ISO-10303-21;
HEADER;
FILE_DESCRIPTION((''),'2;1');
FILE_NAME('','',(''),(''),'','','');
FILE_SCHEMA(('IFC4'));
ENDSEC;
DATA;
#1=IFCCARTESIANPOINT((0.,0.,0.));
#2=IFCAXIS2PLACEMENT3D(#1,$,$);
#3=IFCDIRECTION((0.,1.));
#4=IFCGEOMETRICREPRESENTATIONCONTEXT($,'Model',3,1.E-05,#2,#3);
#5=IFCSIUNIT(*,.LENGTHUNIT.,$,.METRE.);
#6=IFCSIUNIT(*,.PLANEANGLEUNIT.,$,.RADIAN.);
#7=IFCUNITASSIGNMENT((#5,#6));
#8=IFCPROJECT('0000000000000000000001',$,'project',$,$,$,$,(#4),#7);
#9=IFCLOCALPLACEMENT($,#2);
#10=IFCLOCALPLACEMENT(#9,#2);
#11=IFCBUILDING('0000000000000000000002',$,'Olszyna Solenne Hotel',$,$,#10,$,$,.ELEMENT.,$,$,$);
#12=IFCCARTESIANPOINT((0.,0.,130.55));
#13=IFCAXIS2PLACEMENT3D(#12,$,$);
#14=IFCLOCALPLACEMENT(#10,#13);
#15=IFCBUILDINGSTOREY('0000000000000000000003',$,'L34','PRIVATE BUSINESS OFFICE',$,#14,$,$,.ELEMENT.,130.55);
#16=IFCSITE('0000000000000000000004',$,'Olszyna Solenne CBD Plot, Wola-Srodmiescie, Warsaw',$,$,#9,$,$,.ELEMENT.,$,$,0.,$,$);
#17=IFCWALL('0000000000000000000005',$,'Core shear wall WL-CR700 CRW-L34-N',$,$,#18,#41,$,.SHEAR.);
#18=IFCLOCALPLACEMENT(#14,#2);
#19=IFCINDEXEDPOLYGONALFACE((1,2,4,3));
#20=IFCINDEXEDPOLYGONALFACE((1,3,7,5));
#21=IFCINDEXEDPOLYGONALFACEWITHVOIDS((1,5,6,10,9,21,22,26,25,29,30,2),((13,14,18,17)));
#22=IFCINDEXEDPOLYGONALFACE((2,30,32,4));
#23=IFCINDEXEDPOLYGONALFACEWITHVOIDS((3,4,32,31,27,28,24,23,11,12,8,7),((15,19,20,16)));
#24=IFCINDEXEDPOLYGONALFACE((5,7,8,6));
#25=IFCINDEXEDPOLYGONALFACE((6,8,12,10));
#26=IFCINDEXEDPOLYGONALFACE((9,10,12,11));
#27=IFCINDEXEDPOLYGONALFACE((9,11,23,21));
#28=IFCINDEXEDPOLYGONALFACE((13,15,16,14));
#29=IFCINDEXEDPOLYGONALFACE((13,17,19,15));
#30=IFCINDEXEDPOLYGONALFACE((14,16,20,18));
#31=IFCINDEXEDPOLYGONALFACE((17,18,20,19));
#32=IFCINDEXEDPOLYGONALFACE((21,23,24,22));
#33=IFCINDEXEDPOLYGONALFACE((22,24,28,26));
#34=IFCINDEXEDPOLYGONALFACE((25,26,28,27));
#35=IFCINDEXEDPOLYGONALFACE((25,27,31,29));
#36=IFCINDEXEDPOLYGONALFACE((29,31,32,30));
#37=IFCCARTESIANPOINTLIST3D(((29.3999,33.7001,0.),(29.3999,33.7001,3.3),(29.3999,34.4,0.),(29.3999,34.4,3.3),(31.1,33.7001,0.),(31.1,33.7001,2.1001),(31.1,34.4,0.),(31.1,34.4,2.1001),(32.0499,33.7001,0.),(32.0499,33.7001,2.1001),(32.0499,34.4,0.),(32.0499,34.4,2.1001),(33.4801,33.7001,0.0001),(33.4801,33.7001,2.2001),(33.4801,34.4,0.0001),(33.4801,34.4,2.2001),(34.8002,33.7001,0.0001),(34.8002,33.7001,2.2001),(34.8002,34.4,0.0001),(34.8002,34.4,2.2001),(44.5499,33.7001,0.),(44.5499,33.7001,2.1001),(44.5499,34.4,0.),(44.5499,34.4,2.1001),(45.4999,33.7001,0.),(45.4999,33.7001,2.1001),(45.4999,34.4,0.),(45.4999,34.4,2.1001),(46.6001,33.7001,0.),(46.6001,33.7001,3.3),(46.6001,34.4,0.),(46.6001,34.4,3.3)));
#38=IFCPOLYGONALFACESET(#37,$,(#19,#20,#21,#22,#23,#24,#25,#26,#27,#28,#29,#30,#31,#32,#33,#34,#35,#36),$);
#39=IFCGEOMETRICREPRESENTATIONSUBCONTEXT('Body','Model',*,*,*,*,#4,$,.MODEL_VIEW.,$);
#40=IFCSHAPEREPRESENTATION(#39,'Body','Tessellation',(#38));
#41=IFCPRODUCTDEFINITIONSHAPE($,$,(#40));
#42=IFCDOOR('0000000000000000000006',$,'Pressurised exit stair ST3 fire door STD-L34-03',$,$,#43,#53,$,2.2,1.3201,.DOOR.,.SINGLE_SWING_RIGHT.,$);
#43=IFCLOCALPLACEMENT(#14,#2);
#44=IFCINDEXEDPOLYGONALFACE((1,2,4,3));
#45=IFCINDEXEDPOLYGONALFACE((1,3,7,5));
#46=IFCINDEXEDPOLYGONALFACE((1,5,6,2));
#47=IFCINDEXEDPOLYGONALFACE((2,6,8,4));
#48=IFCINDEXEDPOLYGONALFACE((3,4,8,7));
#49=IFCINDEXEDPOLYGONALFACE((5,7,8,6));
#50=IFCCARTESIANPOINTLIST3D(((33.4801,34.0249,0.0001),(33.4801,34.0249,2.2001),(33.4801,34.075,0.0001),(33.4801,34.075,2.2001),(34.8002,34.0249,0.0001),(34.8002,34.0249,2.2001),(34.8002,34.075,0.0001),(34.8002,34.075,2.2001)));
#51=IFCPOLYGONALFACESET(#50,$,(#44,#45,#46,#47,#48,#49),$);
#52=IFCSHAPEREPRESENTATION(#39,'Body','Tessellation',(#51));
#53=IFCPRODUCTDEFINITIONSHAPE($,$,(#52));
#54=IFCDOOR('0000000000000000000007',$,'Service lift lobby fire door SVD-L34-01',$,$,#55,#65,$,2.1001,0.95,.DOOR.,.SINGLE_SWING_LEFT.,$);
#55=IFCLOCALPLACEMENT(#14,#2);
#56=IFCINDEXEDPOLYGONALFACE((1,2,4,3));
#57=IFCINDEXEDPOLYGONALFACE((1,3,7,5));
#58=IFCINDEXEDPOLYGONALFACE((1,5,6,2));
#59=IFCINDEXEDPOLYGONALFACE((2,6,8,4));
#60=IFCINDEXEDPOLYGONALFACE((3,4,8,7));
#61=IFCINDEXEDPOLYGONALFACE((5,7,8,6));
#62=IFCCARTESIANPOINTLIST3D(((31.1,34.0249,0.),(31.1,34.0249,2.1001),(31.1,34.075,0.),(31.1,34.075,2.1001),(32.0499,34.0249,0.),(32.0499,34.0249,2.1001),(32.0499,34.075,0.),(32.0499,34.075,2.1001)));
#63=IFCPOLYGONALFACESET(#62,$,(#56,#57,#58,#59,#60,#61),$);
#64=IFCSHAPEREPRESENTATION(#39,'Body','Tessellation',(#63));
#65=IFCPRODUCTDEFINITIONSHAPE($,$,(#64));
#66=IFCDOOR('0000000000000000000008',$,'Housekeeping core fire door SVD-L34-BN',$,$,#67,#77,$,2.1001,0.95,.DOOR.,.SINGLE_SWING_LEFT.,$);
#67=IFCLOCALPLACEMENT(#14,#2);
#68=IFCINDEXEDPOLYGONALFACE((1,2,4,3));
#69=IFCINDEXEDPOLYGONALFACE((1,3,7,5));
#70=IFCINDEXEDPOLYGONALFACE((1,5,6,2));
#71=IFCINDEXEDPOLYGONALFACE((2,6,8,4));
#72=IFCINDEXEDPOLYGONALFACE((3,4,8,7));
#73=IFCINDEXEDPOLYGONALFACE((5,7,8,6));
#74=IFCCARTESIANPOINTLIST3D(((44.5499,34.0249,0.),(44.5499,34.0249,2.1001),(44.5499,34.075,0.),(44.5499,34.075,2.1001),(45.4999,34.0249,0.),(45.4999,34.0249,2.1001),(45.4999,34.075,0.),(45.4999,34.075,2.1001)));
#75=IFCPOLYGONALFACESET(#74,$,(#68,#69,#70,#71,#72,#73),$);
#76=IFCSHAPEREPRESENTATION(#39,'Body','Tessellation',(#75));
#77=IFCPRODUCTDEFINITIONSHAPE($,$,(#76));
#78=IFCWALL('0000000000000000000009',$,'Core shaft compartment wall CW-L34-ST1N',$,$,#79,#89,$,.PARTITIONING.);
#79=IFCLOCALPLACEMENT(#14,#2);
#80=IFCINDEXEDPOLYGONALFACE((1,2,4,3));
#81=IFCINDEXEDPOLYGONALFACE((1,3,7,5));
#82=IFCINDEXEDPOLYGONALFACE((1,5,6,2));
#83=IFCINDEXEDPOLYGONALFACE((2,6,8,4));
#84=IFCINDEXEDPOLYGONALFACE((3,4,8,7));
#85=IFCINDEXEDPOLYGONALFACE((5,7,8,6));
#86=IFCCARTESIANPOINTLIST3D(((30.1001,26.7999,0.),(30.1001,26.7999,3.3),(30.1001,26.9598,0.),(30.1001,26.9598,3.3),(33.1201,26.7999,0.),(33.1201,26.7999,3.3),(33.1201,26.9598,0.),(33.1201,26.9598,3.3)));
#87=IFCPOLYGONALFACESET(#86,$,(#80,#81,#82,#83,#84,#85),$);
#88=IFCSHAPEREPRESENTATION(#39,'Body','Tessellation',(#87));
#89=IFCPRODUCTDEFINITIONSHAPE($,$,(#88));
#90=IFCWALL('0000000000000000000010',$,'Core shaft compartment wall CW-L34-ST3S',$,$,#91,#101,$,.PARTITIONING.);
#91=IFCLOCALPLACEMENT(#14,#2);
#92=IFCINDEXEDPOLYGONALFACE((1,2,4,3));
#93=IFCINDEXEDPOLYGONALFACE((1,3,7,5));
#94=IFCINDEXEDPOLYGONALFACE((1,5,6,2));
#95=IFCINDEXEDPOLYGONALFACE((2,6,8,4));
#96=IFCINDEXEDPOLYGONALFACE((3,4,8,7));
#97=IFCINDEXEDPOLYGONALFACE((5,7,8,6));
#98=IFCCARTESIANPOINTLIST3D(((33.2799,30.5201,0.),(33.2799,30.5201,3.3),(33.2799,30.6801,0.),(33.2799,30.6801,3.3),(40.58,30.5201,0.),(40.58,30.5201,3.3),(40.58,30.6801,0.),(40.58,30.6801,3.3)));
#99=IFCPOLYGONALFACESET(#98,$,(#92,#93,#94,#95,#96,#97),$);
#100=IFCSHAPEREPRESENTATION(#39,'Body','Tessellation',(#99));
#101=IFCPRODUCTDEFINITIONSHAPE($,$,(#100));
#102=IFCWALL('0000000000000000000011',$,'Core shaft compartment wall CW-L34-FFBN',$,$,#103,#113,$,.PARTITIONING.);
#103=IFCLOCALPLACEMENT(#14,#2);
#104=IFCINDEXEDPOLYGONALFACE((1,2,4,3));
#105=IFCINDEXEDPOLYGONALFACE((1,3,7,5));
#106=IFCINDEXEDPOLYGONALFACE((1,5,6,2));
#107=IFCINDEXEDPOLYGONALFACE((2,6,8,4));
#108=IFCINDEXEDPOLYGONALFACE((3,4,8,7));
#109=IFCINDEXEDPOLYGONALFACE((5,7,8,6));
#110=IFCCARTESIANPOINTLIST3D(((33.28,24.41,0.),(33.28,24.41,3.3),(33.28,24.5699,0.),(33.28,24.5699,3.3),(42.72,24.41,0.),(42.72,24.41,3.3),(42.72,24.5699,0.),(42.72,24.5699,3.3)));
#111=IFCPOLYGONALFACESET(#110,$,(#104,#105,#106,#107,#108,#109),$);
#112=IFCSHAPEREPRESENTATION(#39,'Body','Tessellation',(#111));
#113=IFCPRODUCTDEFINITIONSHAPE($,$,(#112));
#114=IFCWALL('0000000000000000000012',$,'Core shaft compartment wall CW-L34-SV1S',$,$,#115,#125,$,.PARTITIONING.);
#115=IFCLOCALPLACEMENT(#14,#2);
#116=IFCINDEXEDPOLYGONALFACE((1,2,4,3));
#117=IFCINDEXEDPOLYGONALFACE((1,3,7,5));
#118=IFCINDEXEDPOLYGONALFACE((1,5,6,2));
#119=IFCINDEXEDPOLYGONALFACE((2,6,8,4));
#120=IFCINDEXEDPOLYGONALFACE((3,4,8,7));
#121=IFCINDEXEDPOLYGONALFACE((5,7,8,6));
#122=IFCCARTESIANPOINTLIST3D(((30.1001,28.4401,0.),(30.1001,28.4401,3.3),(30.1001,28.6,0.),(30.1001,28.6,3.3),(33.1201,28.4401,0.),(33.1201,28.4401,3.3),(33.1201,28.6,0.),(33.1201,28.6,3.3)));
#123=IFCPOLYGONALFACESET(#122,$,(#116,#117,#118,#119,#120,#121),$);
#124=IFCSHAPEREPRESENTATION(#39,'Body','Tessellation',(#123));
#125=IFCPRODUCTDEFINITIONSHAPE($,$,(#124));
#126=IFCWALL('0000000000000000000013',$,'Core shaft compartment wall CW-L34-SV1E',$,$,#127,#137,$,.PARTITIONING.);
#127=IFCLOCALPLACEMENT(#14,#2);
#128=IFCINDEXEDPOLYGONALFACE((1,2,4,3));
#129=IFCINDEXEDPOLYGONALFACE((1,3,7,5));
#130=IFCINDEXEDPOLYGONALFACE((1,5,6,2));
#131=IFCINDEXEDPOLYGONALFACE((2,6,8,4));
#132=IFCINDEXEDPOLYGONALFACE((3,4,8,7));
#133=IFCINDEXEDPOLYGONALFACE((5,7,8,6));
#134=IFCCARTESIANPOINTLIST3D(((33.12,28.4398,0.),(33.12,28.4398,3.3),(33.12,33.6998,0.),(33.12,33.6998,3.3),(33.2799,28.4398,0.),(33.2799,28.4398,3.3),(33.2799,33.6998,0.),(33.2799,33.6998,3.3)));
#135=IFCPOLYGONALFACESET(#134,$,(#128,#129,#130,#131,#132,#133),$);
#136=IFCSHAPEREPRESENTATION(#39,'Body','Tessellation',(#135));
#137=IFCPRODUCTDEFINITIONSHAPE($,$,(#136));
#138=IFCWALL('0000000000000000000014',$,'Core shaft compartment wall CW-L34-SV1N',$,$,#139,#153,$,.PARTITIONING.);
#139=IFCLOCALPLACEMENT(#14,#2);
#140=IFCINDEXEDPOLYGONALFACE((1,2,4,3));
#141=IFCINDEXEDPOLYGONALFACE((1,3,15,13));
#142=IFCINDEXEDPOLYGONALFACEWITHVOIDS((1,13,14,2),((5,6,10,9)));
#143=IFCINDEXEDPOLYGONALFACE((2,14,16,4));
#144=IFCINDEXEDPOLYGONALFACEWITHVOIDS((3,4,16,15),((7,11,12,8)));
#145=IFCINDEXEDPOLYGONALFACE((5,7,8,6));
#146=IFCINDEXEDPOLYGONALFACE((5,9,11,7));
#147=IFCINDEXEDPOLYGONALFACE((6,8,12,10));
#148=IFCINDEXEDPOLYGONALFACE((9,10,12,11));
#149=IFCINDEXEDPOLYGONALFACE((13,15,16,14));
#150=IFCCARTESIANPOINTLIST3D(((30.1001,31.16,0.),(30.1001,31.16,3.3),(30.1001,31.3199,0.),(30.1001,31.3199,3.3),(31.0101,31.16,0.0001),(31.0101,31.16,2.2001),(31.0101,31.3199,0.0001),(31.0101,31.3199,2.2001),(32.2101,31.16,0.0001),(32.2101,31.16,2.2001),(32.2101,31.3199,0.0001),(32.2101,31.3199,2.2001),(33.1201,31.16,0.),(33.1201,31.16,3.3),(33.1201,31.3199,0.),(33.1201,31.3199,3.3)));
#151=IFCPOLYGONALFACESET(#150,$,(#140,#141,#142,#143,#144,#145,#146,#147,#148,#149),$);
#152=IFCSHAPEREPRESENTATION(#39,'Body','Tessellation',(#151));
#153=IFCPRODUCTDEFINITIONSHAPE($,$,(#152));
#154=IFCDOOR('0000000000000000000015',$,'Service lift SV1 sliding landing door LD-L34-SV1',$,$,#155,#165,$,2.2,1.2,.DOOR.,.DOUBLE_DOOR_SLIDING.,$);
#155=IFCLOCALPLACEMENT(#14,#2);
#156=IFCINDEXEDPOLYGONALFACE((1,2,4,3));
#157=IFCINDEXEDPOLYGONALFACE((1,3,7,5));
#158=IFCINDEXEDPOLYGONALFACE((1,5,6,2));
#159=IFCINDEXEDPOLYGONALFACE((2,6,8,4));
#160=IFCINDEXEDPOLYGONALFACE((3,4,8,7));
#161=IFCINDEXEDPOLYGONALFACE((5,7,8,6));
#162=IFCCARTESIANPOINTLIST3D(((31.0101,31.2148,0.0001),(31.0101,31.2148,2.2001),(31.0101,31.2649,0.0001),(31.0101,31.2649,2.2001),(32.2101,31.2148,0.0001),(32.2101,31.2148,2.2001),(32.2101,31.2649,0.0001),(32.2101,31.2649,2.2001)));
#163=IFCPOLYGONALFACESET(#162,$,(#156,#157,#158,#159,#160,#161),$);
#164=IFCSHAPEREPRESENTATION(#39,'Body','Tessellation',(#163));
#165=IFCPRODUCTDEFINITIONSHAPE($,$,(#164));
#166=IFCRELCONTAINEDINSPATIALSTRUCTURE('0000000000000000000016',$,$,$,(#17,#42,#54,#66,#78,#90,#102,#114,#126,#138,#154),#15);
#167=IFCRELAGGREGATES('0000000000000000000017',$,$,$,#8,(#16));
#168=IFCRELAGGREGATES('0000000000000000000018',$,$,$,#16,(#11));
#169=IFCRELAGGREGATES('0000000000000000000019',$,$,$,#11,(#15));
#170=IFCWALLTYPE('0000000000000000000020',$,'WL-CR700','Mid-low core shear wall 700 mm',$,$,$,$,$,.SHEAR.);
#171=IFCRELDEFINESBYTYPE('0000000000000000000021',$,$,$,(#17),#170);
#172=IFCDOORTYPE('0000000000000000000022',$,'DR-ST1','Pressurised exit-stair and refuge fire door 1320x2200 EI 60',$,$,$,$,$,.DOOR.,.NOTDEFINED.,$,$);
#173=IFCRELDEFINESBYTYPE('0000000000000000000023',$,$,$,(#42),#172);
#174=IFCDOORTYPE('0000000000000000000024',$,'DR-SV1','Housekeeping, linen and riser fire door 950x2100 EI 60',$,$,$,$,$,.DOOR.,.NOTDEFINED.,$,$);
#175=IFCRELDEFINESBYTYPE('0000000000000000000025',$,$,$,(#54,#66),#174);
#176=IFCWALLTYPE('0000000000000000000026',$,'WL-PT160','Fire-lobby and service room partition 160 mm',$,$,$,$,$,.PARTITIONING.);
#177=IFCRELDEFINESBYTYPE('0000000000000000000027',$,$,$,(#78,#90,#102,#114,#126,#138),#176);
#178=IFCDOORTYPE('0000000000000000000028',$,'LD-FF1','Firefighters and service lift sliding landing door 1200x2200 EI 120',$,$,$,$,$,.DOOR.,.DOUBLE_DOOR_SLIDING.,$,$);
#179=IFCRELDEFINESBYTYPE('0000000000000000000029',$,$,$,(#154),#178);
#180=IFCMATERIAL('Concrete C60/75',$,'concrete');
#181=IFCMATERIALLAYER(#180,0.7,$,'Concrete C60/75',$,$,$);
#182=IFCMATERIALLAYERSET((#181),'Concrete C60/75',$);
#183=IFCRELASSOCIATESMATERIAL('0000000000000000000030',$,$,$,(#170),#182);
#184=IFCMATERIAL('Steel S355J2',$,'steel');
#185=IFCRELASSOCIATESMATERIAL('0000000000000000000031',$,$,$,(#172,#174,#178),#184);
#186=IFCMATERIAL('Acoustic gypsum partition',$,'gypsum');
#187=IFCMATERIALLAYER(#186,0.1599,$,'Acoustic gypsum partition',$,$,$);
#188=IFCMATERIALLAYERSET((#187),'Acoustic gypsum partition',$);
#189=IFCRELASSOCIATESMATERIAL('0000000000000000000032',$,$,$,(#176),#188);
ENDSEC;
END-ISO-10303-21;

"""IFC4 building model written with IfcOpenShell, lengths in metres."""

from ifc_helpers import new_model, si_unit, direction, frame, frame_2d, origin, place, context, subcontext, project, spatial, rectangle, extrude, source, transform, mapped, material, layer, layer_set, type_object, type_shapes, element, fill, save


model = new_model("IFC4")

# Units and contexts
model_context = context("Model", 3, precision=1e-05, world=origin(), true_north=direction((0.0, 1.0)))
body_context = subcontext(model_context, "Body", "Model", "MODEL_VIEW")
ifc_project = project(units=[si_unit("LENGTHUNIT", "METRE"), si_unit("PLANEANGLEUNIT", "RADIAN")], contexts=[model_context])

# Site, building, storey
site_placement = place(None, origin())
site = spatial("IfcSite", under=ifc_project, at=site_placement, Name="Olszyna Solenne CBD Plot, Wola-Srodmiescie, Warsaw", CompositionType="ELEMENT", RefElevation=0.0)
building_placement = place(site_placement, origin())
building = spatial("IfcBuilding", under=site, at=building_placement, Name="Olszyna Solenne Hotel", CompositionType="ELEMENT")
storey_placement = place(building_placement, frame((0.0, 0.0, 130.55)))
storey = spatial("IfcBuildingStorey", under=building, at=storey_placement, Name="L34", Description="PRIVATE BUSINESS OFFICE", CompositionType="ELEMENT", Elevation=130.55)

# Shared definitions
ifc_material_1 = material(Name="Steel S355J2", Category="steel")

# Wall, openings, doors
ifc_material_2 = material(Name="Concrete C60/75", Category="concrete")
ifc_layer_1 = layer(ifc_material_2, 0.7, Name="Concrete C60/75")
ifc_layer_set_1 = layer_set([ifc_layer_1], Name="Concrete C60/75")
wall_type_1 = type_object("IfcWallType", Name="WL-CR700", Description="Mid-low core shear wall 700 mm", PredefinedType="SHEAR", material=ifc_layer_set_1)
wall_1_placement = place(storey_placement, frame((29.3999, 34.05, 0.0), z_axis=(0.0, 0.0, 1.0), x_axis=(1.0, 0.0, 0.0)))
wall_1 = element("IfcWall", 1, at=wall_1_placement, inside=storey, type_object=wall_type_1, Name="Core shear wall WL-CR700 CRW-L34-N", PredefinedType="SHEAR", context=body_context, shape_type="SweptSolid", body=[
    extrude(rectangle(XDim=17.2002, YDim=0.7, at=frame_2d((8.6001, 0.0))), origin(), (0.0, 0.0, 1.0), 3.3),
])
opening_1_placement = place(wall_1_placement, frame((1.7, 0.0, 0.0)))
opening_1 = element("IfcOpeningElement", 2, at=opening_1_placement, cuts=wall_1, PredefinedType="OPENING", context=body_context, shape_type="SweptSolid", body=[
    extrude(rectangle(XDim=0.95, YDim=2.1001, at=frame_2d((0.4751, 1.05))), frame((0.0, 0.3599, 0.0), z_axis=(0.0, -1.0, 0.0), x_axis=(1.0, 0.0, 0.0)), (0.0, 0.0, 1.0), 0.72),
])
opening_2_placement = place(wall_1_placement, frame((4.0801, 0.0, 0.0)))
opening_2 = element("IfcOpeningElement", 3, at=opening_2_placement, cuts=wall_1, PredefinedType="OPENING", context=body_context, shape_type="SweptSolid", body=[
    extrude(rectangle(XDim=1.3201, YDim=2.2, at=frame_2d((0.6602, 1.1001))), frame((0.0, 0.3599, 0.0), z_axis=(0.0, -1.0, 0.0), x_axis=(1.0, 0.0, 0.0)), (0.0, 0.0, 1.0), 0.72),
])
opening_3_placement = place(wall_1_placement, frame((15.1499, 0.0, 0.0)))
opening_3 = element("IfcOpeningElement", 4, at=opening_3_placement, cuts=wall_1, PredefinedType="OPENING", context=body_context, shape_type="SweptSolid", body=[
    extrude(rectangle(XDim=0.95, YDim=2.1001, at=frame_2d((0.4751, 1.05))), frame((0.0, 0.3599, 0.0), z_axis=(0.0, -1.0, 0.0), x_axis=(1.0, 0.0, 0.0)), (0.0, 0.0, 1.0), 0.72),
])
door_type_1 = type_object("IfcDoorType", Name="DR-ST1", Description="Pressurised exit-stair and refuge fire door 1320x2200 EI 60", OperationType="NOTDEFINED", PredefinedType="DOOR", material=ifc_material_1)
shared_shape_1 = source(origin(), body_context, "Body", "SweptSolid", [
    extrude(rectangle(XDim=1.3201, YDim=2.2, at=frame_2d((0.6602, 1.1001))), frame((0.0, 0.0249, 0.0), z_axis=(0.0, -1.0, 0.0), x_axis=(1.0, 0.0, 0.0)), (0.0, 0.0, 1.0), 0.05),
])
type_shapes(door_type_1, [shared_shape_1])
door_1_placement = place(opening_2_placement, origin())
door_1 = element("IfcDoor", 5, at=door_1_placement, inside=storey, type_object=door_type_1, Name="Pressurised exit stair ST3 fire door STD-L34-03", OperationType="SINGLE_SWING_RIGHT", OverallHeight=2.2, OverallWidth=1.3201, PredefinedType="DOOR", context=body_context, shape_type="MappedRepresentation", body=[
    mapped(shared_shape_1, transform((0.0, 0.0, 0.0), x_axis=(1.0, 0.0, 0.0), y_axis=(0.0, 1.0, 0.0), z_axis=(0.0, 0.0, 1.0), scale=1.0)),
])
fill(opening_2, door_1)
door_type_2 = type_object("IfcDoorType", Name="DR-SV1", Description="Housekeeping, linen and riser fire door 950x2100 EI 60", OperationType="NOTDEFINED", PredefinedType="DOOR", material=ifc_material_1)
shared_shape_2 = source(origin(), body_context, "Body", "SweptSolid", [
    extrude(rectangle(XDim=0.95, YDim=2.1001, at=frame_2d((0.4751, 1.05))), frame((0.0, 0.0249, 0.0), z_axis=(0.0, -1.0, 0.0), x_axis=(1.0, 0.0, 0.0)), (0.0, 0.0, 1.0), 0.05),
])
type_shapes(door_type_2, [shared_shape_2])
door_2_placement = place(opening_1_placement, origin())
door_2 = element("IfcDoor", 6, at=door_2_placement, inside=storey, type_object=door_type_2, Name="Service lift lobby fire door SVD-L34-01", OperationType="SINGLE_SWING_LEFT", OverallHeight=2.1001, OverallWidth=0.95, PredefinedType="DOOR", context=body_context, shape_type="MappedRepresentation", body=[
    mapped(shared_shape_2, transform((0.0, 0.0, 0.0), x_axis=(1.0, 0.0, 0.0), y_axis=(0.0, 1.0, 0.0), z_axis=(0.0, 0.0, 1.0), scale=1.0)),
])
fill(opening_1, door_2)
door_3_placement = place(opening_3_placement, origin())
door_3 = element("IfcDoor", 7, at=door_3_placement, inside=storey, type_object=door_type_2, Name="Housekeeping core fire door SVD-L34-BN", OperationType="SINGLE_SWING_LEFT", OverallHeight=2.1001, OverallWidth=0.95, PredefinedType="DOOR", context=body_context, shape_type="MappedRepresentation", body=[
    mapped(shared_shape_2, transform((0.0, 0.0, 0.0), x_axis=(1.0, 0.0, 0.0), y_axis=(0.0, 1.0, 0.0), z_axis=(0.0, 0.0, 1.0), scale=1.0)),
])
fill(opening_3, door_3)

# Walls
ifc_material_3 = material(Name="Acoustic gypsum partition", Category="gypsum")
ifc_layer_2 = layer(ifc_material_3, 0.1599, Name="Acoustic gypsum partition")
ifc_layer_set_2 = layer_set([ifc_layer_2], Name="Acoustic gypsum partition")
wall_type_2 = type_object("IfcWallType", Name="WL-PT160", Description="Fire-lobby and service room partition 160 mm", PredefinedType="PARTITIONING", material=ifc_layer_set_2)
wall_2_placement = place(storey_placement, frame((30.1001, 26.8799, 0.0), z_axis=(0.0, 0.0, 1.0), x_axis=(1.0, 0.0, 0.0)))
element("IfcWall", 8, at=wall_2_placement, inside=storey, type_object=wall_type_2, Name="Core shaft compartment wall CW-L34-ST1N", PredefinedType="PARTITIONING", context=body_context, shape_type="SweptSolid", body=[
    extrude(rectangle(XDim=3.02, YDim=0.1599, at=frame_2d((1.51, 0.0))), origin(), (0.0, 0.0, 1.0), 3.3),
])
wall_3_placement = place(storey_placement, frame((33.28, 30.6001, 0.0), z_axis=(0.0, 0.0, 1.0), x_axis=(1.0, 0.0, 0.0)))
element("IfcWall", 9, at=wall_3_placement, inside=storey, type_object=wall_type_2, Name="Core shaft compartment wall CW-L34-ST3S", PredefinedType="PARTITIONING", context=body_context, shape_type="SweptSolid", body=[
    extrude(rectangle(XDim=7.3, YDim=0.1599, at=frame_2d((3.6499, 0.0))), origin(), (0.0, 0.0, 1.0), 3.3),
])
wall_4_placement = place(storey_placement, frame((33.28, 24.49, 0.0), z_axis=(0.0, 0.0, 1.0), x_axis=(1.0, 0.0, 0.0)))
element("IfcWall", 10, at=wall_4_placement, inside=storey, type_object=wall_type_2, Name="Core shaft compartment wall CW-L34-FFBN", PredefinedType="PARTITIONING", context=body_context, shape_type="SweptSolid", body=[
    extrude(rectangle(XDim=9.4399, YDim=0.1599, at=frame_2d((4.72, 0.0))), origin(), (0.0, 0.0, 1.0), 3.3),
])
wall_5_placement = place(storey_placement, frame((30.1001, 28.52, 0.0), z_axis=(0.0, 0.0, 1.0), x_axis=(1.0, 0.0, 0.0)))
element("IfcWall", 11, at=wall_5_placement, inside=storey, type_object=wall_type_2, Name="Core shaft compartment wall CW-L34-SV1S", PredefinedType="PARTITIONING", context=body_context, shape_type="SweptSolid", body=[
    extrude(rectangle(XDim=3.02, YDim=0.1599, at=frame_2d((1.51, 0.0))), origin(), (0.0, 0.0, 1.0), 3.3),
])
wall_6_placement = place(storey_placement, frame((33.2, 28.4399, 0.0), z_axis=(0.0, 0.0, 1.0), x_axis=(0.0, 1.0, 0.0)))
element("IfcWall", 12, at=wall_6_placement, inside=storey, type_object=wall_type_2, Name="Core shaft compartment wall CW-L34-SV1E", PredefinedType="PARTITIONING", context=body_context, shape_type="SweptSolid", body=[
    extrude(rectangle(XDim=5.26, YDim=0.1599, at=frame_2d((2.6299, 0.0))), origin(), (0.0, 0.0, 1.0), 3.3),
])

# Wall, opening, door
wall_7_placement = place(storey_placement, frame((30.1001, 31.24, 0.0), z_axis=(0.0, 0.0, 1.0), x_axis=(1.0, 0.0, 0.0)))
wall_7 = element("IfcWall", 13, at=wall_7_placement, inside=storey, type_object=wall_type_2, Name="Core shaft compartment wall CW-L34-SV1N", PredefinedType="PARTITIONING", context=body_context, shape_type="SweptSolid", body=[
    extrude(rectangle(XDim=3.02, YDim=0.1599, at=frame_2d((1.51, 0.0))), origin(), (0.0, 0.0, 1.0), 3.3),
])
opening_4_placement = place(wall_7_placement, frame((0.9099, 0.0, 0.0)))
opening_4 = element("IfcOpeningElement", 14, at=opening_4_placement, cuts=wall_7, PredefinedType="OPENING", context=body_context, shape_type="SweptSolid", body=[
    extrude(rectangle(XDim=1.2, YDim=2.2, at=frame_2d((0.6001, 1.1001))), frame((0.0, 0.0898, 0.0), z_axis=(0.0, -1.0, 0.0), x_axis=(1.0, 0.0, 0.0)), (0.0, 0.0, 1.0), 0.1799),
])
door_type_3 = type_object("IfcDoorType", Name="LD-FF1", Description="Firefighters and service lift sliding landing door 1200x2200 EI 120", OperationType="DOUBLE_DOOR_SLIDING", PredefinedType="DOOR", material=ifc_material_1)
shared_shape_3 = source(origin(), body_context, "Body", "SweptSolid", [
    extrude(rectangle(XDim=1.2, YDim=2.2, at=frame_2d((0.6001, 1.1001))), frame((0.0, 0.0249, 0.0), z_axis=(0.0, -1.0, 0.0), x_axis=(1.0, 0.0, 0.0)), (0.0, 0.0, 1.0), 0.05),
])
type_shapes(door_type_3, [shared_shape_3])
door_4_placement = place(opening_4_placement, origin())
door_4 = element("IfcDoor", 15, at=door_4_placement, inside=storey, type_object=door_type_3, Name="Service lift SV1 sliding landing door LD-L34-SV1", OperationType="DOUBLE_DOOR_SLIDING", OverallHeight=2.2, OverallWidth=1.2, PredefinedType="DOOR", context=body_context, shape_type="MappedRepresentation", body=[
    mapped(shared_shape_3, transform((0.0, 0.0, 0.0), x_axis=(1.0, 0.0, 0.0), y_axis=(0.0, 1.0, 0.0), z_axis=(0.0, 0.0, 1.0), scale=1.0)),
])
fill(opening_4, door_4)

save(model, "model.ifc")
